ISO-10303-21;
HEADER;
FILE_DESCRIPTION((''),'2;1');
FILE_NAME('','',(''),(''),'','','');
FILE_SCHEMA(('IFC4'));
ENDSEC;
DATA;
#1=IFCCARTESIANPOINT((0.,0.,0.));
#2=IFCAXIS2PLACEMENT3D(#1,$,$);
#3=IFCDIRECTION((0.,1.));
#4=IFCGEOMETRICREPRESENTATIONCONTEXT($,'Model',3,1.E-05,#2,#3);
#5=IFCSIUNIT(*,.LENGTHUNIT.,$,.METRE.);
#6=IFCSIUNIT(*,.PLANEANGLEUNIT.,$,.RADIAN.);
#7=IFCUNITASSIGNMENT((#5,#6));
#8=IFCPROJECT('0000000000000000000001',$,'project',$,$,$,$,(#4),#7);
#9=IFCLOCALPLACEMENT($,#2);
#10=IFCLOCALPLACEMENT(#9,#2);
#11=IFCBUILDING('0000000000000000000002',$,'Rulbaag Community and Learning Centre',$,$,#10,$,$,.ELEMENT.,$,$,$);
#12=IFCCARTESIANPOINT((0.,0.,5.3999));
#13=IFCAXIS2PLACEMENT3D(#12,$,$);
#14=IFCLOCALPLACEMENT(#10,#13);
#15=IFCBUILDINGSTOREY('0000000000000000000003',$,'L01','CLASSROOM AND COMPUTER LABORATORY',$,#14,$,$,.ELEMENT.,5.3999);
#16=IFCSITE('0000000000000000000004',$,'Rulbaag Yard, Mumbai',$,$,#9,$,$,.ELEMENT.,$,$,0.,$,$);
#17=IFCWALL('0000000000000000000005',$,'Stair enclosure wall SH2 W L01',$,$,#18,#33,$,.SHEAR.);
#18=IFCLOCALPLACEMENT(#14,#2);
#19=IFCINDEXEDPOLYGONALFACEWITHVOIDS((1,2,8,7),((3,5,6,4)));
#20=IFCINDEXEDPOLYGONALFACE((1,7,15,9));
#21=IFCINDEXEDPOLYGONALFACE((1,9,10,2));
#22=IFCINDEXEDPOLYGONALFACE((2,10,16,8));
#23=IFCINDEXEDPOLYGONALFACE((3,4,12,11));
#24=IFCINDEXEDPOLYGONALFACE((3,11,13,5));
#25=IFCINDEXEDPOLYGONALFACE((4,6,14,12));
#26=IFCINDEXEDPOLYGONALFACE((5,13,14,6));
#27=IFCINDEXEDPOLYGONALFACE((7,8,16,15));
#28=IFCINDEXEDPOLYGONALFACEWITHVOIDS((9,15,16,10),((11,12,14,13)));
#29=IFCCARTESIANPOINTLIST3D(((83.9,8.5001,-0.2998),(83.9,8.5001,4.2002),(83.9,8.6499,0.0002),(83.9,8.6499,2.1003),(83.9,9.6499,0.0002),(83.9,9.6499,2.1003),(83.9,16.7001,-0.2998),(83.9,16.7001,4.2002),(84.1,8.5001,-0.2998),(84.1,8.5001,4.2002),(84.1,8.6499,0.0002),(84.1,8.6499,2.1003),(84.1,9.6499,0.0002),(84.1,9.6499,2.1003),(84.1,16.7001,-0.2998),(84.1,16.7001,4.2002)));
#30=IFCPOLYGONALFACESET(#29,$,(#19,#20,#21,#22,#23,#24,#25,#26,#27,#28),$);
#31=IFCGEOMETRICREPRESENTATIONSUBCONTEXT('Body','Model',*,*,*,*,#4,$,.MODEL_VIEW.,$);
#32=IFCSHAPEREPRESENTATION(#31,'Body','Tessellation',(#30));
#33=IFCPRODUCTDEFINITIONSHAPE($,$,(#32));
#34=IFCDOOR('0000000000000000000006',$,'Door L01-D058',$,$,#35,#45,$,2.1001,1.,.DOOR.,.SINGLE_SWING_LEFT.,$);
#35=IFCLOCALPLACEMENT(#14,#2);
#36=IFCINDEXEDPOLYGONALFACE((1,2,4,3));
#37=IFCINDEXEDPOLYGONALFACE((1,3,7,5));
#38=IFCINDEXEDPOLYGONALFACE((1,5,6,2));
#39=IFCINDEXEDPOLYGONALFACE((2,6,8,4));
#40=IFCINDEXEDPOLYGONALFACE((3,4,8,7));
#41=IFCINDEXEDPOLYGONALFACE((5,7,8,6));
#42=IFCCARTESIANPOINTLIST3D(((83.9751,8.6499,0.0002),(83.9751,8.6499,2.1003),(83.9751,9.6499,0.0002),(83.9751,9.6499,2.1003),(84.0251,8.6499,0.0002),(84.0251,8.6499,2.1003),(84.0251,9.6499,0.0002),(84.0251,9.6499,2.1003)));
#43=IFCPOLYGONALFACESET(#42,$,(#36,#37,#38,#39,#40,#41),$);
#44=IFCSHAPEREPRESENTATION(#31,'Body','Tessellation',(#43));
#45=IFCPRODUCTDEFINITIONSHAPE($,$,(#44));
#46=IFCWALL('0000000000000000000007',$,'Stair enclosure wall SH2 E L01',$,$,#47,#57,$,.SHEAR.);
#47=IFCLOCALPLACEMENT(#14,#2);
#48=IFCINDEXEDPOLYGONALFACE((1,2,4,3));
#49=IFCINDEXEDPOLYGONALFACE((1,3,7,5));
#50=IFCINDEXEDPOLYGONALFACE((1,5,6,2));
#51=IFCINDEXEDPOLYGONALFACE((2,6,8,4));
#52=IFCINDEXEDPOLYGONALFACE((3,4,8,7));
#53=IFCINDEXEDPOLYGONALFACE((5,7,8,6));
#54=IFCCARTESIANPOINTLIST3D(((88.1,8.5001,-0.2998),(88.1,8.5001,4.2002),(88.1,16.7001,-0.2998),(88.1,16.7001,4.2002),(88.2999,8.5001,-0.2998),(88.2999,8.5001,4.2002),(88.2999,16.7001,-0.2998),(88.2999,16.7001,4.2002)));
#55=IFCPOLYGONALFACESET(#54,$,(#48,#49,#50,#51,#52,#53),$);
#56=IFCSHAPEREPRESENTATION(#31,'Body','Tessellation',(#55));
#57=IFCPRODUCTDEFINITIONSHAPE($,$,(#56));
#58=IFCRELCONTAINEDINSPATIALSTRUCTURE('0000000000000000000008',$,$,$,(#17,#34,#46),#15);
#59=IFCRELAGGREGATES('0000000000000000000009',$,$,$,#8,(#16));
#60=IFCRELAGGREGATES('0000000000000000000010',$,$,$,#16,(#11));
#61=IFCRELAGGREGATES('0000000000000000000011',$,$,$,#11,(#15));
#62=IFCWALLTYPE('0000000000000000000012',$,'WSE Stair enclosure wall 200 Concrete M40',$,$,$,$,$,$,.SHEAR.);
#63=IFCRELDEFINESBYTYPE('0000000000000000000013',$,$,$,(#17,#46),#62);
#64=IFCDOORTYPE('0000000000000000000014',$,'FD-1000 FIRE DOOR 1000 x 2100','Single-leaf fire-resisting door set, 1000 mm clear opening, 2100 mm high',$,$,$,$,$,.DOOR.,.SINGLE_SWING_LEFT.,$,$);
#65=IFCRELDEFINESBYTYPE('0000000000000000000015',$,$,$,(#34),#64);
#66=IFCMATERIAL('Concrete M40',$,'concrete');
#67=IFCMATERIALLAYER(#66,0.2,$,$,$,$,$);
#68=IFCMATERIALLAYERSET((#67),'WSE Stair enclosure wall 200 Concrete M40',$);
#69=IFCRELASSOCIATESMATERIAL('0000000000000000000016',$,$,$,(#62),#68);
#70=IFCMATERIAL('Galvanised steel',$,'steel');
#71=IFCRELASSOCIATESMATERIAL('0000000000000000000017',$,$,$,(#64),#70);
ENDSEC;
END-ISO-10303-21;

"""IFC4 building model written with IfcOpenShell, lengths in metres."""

from ifc_helpers import new_model, si_unit, direction, frame, frame_2d, origin, place, context, subcontext, project, spatial, rectangle, extrude, material, layer, layer_set, type_object, element, fill, save


model = new_model("IFC4")

# Units and contexts
model_context = context("Model", 3, precision=1e-05, world=origin(), true_north=direction((0.0, 1.0)))
body_context = subcontext(model_context, "Body", "Model", "MODEL_VIEW")
ifc_project = project(units=[si_unit("LENGTHUNIT", "METRE"), si_unit("PLANEANGLEUNIT", "RADIAN")], contexts=[model_context])

# Site, building, storey
site_placement = place(None, origin())
site = spatial("IfcSite", under=ifc_project, at=site_placement, Name="Rulbaag Yard, Mumbai", CompositionType="ELEMENT", RefElevation=0.0)
building_placement = place(site_placement, origin())
building = spatial("IfcBuilding", under=site, at=building_placement, Name="Rulbaag Community and Learning Centre", CompositionType="ELEMENT")
storey_placement = place(building_placement, frame((0.0, 0.0, 5.3999)))
storey = spatial("IfcBuildingStorey", under=building, at=storey_placement, Name="L01", Description="CLASSROOM AND COMPUTER LABORATORY", CompositionType="ELEMENT", Elevation=5.3999)

# Shared definitions
ifc_material_1 = material(Name="Concrete M40", Category="concrete")

# Wall, opening, door
ifc_layer_1 = layer(ifc_material_1, 0.2)
ifc_layer_set_1 = layer_set([ifc_layer_1], Name="WSE Stair enclosure wall 200 Concrete M40")
wall_type_1 = type_object("IfcWallType", Name="WSE Stair enclosure wall 200 Concrete M40", PredefinedType="SHEAR", material=ifc_layer_set_1)
wall_1_placement = place(storey_placement, frame((84.0, 8.5, -0.2998), z_axis=(0.0, 0.0, 1.0), x_axis=(0.0, 1.0, 0.0)))
wall_1 = element("IfcWall", 1, at=wall_1_placement, inside=storey, type_object=wall_type_1, Name="Stair enclosure wall SH2 W L01", PredefinedType="SHEAR", context=body_context, shape_type="SweptSolid", body=[
    extrude(rectangle(XDim=8.2, YDim=0.2, at=frame_2d((4.1001, 0.0))), origin(), (0.0, 0.0, 1.0), 4.5),
])
opening_1_placement = place(wall_1_placement, frame((0.1499, 0.0, 0.3)))
opening_1 = element("IfcOpeningElement", 2, at=opening_1_placement, cuts=wall_1, PredefinedType="OPENING", context=body_context, shape_type="SweptSolid", body=[
    extrude(rectangle(XDim=1.0, YDim=2.1001, at=frame_2d((0.5, 1.05))), frame((0.0, 0.1099, 0.0), z_axis=(0.0, -1.0, 0.0), x_axis=(1.0, 0.0, 0.0)), (0.0, 0.0, 1.0), 0.22),
])
ifc_material_2 = material(Name="Galvanised steel", Category="steel")
door_type_1 = type_object("IfcDoorType", Name="FD-1000 FIRE DOOR 1000 x 2100", Description="Single-leaf fire-resisting door set, 1000 mm clear opening, 2100 mm high", OperationType="SINGLE_SWING_LEFT", PredefinedType="DOOR", material=ifc_material_2)
door_1_placement = place(opening_1_placement, origin())
door_1 = element("IfcDoor", 3, at=door_1_placement, inside=storey, type_object=door_type_1, Name="Door L01-D058", OperationType="SINGLE_SWING_LEFT", OverallHeight=2.1001, OverallWidth=1.0, PredefinedType="DOOR", context=body_context, shape_type="SweptSolid", body=[
    extrude(rectangle(XDim=1.0, YDim=2.1001, at=frame_2d((0.5, 1.05))), frame((0.0, 0.0249, 0.0), z_axis=(0.0, -1.0, 0.0), x_axis=(1.0, 0.0, 0.0)), (0.0, 0.0, 1.0), 0.05),
])
fill(opening_1, door_1)

# Wall
wall_2_placement = place(storey_placement, frame((88.2, 8.5, -0.2998), z_axis=(0.0, 0.0, 1.0), x_axis=(0.0, 1.0, 0.0)))
element("IfcWall", 4, at=wall_2_placement, inside=storey, type_object=wall_type_1, Name="Stair enclosure wall SH2 E L01", PredefinedType="SHEAR", context=body_context, shape_type="SweptSolid", body=[
    extrude(rectangle(XDim=8.2, YDim=0.2, at=frame_2d((4.1001, 0.0))), origin(), (0.0, 0.0, 1.0), 4.5),
])

save(model, "model.ifc")
